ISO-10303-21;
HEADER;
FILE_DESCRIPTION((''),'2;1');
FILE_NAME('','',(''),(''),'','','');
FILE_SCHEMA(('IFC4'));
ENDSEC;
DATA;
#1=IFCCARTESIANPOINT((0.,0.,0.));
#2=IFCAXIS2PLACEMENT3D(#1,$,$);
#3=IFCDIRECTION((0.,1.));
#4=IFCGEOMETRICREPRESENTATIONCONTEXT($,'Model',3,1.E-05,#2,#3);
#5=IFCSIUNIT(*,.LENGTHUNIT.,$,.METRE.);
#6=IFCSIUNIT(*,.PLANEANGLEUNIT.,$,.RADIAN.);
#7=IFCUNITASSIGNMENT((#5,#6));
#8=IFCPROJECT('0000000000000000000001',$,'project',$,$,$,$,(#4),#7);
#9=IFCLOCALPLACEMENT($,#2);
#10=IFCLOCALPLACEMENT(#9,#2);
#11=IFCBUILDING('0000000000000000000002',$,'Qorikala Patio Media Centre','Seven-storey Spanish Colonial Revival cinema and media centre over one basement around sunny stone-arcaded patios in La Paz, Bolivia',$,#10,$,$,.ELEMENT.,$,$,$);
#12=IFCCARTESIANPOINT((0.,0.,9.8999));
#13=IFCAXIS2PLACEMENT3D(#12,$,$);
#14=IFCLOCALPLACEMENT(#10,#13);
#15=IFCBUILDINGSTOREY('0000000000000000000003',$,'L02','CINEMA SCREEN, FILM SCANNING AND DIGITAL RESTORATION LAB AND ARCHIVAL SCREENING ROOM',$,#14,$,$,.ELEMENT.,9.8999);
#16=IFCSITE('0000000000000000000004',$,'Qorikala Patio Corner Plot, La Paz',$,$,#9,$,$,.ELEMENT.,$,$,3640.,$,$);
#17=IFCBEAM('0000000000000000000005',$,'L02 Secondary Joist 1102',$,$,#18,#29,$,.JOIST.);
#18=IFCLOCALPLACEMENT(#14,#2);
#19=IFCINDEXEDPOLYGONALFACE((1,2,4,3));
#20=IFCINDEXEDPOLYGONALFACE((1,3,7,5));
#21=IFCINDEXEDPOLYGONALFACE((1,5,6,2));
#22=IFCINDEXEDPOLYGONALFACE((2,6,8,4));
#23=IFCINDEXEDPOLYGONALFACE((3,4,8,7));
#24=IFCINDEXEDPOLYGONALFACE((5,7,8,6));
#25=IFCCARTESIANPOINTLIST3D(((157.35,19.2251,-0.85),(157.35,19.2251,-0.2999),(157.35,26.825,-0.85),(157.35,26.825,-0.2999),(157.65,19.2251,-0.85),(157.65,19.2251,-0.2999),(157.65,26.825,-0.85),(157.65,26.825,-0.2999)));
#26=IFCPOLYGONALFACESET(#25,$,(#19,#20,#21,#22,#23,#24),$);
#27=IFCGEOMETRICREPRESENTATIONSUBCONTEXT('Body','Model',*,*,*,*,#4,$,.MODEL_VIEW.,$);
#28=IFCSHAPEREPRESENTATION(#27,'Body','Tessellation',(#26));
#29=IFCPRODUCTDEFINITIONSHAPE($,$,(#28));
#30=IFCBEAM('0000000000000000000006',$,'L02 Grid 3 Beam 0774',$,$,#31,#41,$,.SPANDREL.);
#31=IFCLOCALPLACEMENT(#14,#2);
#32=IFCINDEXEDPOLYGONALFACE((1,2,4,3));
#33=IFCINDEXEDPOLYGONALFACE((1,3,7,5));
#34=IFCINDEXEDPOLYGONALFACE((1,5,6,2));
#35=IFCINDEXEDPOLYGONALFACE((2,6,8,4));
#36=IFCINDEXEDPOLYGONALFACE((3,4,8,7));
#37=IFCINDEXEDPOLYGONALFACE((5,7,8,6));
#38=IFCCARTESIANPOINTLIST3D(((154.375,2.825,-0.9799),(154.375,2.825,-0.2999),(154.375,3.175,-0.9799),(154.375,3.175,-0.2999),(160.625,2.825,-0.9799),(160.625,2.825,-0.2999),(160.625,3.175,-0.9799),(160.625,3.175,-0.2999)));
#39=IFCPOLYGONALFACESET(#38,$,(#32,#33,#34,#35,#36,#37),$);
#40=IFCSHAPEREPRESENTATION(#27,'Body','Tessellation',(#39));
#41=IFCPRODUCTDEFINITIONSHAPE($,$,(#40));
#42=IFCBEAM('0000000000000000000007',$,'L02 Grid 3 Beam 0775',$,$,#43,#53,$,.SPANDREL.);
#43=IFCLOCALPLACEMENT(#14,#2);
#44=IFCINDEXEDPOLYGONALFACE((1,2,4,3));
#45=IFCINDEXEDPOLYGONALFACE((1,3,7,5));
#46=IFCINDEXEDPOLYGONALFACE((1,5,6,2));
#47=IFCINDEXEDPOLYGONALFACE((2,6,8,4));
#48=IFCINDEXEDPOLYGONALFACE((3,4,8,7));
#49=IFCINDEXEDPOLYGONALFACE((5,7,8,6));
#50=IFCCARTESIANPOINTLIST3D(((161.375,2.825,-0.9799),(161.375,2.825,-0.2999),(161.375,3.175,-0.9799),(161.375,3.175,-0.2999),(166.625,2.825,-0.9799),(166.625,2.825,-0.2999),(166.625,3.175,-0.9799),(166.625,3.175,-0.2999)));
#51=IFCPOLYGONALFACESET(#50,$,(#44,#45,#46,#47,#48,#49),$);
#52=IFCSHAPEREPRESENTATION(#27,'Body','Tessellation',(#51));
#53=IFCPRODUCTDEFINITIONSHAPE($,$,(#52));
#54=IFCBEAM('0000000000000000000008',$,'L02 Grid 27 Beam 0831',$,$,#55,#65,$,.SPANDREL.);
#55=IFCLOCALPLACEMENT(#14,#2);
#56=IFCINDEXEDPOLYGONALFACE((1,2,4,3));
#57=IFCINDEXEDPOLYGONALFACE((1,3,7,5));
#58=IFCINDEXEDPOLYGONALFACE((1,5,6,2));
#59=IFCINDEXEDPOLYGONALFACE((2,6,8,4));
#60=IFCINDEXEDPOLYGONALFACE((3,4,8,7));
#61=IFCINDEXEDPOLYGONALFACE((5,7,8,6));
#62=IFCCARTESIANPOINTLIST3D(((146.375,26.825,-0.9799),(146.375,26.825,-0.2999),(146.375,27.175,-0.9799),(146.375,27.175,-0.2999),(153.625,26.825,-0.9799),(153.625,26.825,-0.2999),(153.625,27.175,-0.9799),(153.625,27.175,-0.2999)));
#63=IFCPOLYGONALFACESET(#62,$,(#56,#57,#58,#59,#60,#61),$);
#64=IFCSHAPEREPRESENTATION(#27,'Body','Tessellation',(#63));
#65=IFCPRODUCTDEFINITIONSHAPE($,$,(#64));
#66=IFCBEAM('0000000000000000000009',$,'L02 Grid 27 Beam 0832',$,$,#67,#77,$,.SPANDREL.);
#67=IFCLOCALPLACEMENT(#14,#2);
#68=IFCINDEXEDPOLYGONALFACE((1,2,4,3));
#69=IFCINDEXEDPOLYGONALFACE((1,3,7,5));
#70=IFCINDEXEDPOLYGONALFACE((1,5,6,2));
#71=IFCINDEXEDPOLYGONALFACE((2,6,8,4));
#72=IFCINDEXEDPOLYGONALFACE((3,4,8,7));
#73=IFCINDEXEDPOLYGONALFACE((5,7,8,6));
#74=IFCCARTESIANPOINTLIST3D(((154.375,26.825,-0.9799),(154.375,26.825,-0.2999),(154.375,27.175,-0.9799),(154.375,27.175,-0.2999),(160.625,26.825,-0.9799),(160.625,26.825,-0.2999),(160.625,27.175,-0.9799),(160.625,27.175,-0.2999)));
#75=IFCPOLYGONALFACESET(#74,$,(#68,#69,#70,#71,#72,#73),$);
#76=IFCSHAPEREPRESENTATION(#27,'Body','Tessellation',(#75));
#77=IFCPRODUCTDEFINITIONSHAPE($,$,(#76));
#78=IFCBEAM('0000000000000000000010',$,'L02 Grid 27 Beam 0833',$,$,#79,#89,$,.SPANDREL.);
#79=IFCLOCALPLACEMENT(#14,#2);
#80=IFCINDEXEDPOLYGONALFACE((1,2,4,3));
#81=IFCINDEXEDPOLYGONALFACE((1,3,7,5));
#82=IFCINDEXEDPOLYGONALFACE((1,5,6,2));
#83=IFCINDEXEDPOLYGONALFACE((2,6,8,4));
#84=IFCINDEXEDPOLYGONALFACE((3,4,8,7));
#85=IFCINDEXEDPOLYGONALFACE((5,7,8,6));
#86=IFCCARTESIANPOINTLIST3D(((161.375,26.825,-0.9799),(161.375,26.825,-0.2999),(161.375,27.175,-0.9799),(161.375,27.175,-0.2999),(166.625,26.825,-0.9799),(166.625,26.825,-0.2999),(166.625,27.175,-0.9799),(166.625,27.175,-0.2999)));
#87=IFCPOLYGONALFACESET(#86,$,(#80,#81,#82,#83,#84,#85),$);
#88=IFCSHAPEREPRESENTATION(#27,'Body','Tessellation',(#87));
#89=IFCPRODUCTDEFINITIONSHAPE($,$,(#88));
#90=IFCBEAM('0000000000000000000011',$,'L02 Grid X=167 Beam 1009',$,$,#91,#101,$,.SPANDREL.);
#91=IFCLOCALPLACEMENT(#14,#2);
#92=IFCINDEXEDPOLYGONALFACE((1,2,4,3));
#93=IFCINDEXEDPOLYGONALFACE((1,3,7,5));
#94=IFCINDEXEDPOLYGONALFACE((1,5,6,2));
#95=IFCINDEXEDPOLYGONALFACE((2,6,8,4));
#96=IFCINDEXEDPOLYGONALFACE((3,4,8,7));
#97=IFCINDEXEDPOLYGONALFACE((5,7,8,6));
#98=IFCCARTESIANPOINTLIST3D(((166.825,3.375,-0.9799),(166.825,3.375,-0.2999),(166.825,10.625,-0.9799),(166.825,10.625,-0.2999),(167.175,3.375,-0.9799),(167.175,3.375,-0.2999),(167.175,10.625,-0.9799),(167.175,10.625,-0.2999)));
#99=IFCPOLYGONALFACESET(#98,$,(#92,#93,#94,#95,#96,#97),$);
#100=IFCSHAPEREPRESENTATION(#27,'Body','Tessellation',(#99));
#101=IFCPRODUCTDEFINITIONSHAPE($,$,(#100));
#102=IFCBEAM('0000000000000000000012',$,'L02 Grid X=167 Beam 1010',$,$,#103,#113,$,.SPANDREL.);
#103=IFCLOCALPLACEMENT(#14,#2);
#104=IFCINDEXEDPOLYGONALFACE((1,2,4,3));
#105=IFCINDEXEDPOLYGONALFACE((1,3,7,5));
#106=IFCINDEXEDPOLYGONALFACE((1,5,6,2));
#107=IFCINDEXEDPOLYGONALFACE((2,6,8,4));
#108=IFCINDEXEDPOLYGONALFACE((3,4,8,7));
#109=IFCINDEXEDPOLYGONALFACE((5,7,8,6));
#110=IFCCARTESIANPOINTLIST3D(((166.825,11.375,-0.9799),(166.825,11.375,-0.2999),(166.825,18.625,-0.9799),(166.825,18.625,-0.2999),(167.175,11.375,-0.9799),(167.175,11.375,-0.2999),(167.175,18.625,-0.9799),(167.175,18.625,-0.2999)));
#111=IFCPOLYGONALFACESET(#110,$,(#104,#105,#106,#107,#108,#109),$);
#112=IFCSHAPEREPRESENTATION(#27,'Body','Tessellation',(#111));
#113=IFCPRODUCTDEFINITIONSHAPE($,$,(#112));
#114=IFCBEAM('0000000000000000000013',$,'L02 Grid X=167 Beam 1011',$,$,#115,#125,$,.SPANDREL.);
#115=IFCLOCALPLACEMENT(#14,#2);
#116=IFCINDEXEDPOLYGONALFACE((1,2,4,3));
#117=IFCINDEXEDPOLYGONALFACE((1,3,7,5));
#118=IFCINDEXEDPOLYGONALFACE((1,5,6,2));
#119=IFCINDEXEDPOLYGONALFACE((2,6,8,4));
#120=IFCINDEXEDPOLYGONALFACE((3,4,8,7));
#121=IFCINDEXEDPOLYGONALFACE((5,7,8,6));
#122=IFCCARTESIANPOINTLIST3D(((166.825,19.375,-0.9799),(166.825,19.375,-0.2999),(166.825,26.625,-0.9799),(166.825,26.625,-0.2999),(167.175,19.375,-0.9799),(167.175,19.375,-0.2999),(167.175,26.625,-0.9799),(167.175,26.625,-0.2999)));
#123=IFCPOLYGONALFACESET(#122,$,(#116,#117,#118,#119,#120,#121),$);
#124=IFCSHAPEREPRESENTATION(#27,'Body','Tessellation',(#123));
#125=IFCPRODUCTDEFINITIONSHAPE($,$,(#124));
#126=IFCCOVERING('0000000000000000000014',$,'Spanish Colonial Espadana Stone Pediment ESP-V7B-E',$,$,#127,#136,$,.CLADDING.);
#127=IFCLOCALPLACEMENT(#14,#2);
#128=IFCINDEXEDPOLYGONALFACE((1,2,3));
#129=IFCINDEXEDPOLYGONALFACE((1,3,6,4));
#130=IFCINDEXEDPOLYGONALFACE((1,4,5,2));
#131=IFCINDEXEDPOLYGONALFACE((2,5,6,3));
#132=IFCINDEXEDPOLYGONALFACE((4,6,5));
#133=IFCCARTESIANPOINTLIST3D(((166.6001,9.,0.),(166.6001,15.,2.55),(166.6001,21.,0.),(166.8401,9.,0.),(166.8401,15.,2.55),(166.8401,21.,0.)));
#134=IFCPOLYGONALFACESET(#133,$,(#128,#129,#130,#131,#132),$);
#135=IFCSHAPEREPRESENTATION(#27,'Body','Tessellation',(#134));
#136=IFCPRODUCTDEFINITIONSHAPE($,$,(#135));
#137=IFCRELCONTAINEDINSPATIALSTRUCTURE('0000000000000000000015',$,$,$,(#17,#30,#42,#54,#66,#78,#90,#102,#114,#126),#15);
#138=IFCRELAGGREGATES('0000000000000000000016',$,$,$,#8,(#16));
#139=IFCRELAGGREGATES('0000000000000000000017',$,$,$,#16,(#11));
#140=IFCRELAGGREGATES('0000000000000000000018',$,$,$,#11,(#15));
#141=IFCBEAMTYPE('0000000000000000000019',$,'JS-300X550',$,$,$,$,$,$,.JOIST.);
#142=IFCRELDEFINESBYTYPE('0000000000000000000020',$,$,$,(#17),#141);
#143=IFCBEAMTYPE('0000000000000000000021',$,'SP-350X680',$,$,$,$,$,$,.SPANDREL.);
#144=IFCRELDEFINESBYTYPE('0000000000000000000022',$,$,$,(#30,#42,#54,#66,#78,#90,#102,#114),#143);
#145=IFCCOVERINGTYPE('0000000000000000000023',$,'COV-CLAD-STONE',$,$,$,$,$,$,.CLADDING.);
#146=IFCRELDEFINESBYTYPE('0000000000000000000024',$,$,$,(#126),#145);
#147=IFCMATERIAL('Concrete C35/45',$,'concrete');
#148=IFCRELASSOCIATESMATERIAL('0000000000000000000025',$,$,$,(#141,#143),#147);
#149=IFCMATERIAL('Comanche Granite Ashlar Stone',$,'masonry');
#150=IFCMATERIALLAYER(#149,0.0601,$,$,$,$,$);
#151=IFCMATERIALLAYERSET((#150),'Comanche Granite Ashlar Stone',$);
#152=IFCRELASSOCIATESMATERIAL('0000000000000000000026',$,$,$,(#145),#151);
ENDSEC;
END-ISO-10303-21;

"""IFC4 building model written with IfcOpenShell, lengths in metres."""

from ifc_helpers import new_model, si_unit, direction, frame, origin, origin_2d, place, context, subcontext, project, spatial, polyline, rectangle, outline, extrude, material, layer, layer_set, material_profile, profile_set, type_object, element, save


model = new_model("IFC4")

# Units and contexts
model_context = context("Model", 3, precision=1e-05, world=origin(), true_north=direction((0.0, 1.0)))
body_context = subcontext(model_context, "Body", "Model", "MODEL_VIEW")
ifc_project = project(units=[si_unit("LENGTHUNIT", "METRE"), si_unit("PLANEANGLEUNIT", "RADIAN")], contexts=[model_context])

# Site, building, storey
site_placement = place(None, origin())
site = spatial("IfcSite", under=ifc_project, at=site_placement, Name="Qorikala Patio Corner Plot, La Paz", CompositionType="ELEMENT", RefElevation=3640.0)
building_placement = place(site_placement, origin())
building = spatial("IfcBuilding", under=site, at=building_placement, Name="Qorikala Patio Media Centre", Description="Seven-storey Spanish Colonial Revival cinema and media centre over one basement around sunny stone-arcaded patios in La Paz, Bolivia", CompositionType="ELEMENT")
storey_placement = place(building_placement, frame((0.0, 0.0, 9.8999)))
storey = spatial("IfcBuildingStorey", under=building, at=storey_placement, Name="L02", Description="CINEMA SCREEN, FILM SCANNING AND DIGITAL RESTORATION LAB AND ARCHIVAL SCREENING ROOM", CompositionType="ELEMENT", Elevation=9.8999)

# Beams
ifc_material_1 = material(Name="Concrete C35/45", Category="concrete")
ifc_material_profile_1 = material_profile(ifc_material_1, rectangle(XDim=0.3, YDim=0.55, at=origin_2d()), Name="RC 300x550")
ifc_profile_set_1 = profile_set([ifc_material_profile_1], Name="Concrete C35/45")
beam_type_1 = type_object("IfcBeamType", Name="JS-300X550", PredefinedType="JOIST", material=ifc_profile_set_1)
beam_1_placement = place(storey_placement, frame((157.5, 19.2251, -0.575), z_axis=(0.0, 1.0, 0.0), x_axis=(-1.0, 0.0, 0.0)))
element("IfcBeam", 1, at=beam_1_placement, inside=storey, type_object=beam_type_1, Name="L02 Secondary Joist 1102", PredefinedType="JOIST", context=body_context, shape_type="SweptSolid", body=[
    extrude(rectangle(XDim=0.3, YDim=0.55, at=origin_2d()), origin(), (0.0, 0.0, 1.0), 7.5999),
])
ifc_material_profile_2 = material_profile(ifc_material_1, rectangle(XDim=0.3501, YDim=0.6799, at=origin_2d()), Name="RC 350x680")
ifc_profile_set_2 = profile_set([ifc_material_profile_2], Name="Concrete C35/45")
beam_type_2 = type_object("IfcBeamType", Name="SP-350X680", PredefinedType="SPANDREL", material=ifc_profile_set_2)
beam_2_placement = place(storey_placement, frame((154.375, 3.0, -0.6399), z_axis=(1.0, 0.0, 0.0), x_axis=(0.0, 1.0, 0.0)))
element("IfcBeam", 2, at=beam_2_placement, inside=storey, type_object=beam_type_2, Name="L02 Grid 3 Beam 0774", PredefinedType="SPANDREL", context=body_context, shape_type="SweptSolid", body=[
    extrude(rectangle(XDim=0.3501, YDim=0.6799, at=origin_2d()), origin(), (0.0, 0.0, 1.0), 6.25),
])
beam_3_placement = place(storey_placement, frame((161.375, 3.0, -0.6399), z_axis=(1.0, 0.0, 0.0), x_axis=(0.0, 1.0, 0.0)))
element("IfcBeam", 3, at=beam_3_placement, inside=storey, type_object=beam_type_2, Name="L02 Grid 3 Beam 0775", PredefinedType="SPANDREL", context=body_context, shape_type="SweptSolid", body=[
    extrude(rectangle(XDim=0.3501, YDim=0.6799, at=origin_2d()), origin(), (0.0, 0.0, 1.0), 5.25),
])
beam_4_placement = place(storey_placement, frame((146.375, 27.0, -0.6399), z_axis=(1.0, 0.0, 0.0), x_axis=(0.0, 1.0, 0.0)))
element("IfcBeam", 4, at=beam_4_placement, inside=storey, type_object=beam_type_2, Name="L02 Grid 27 Beam 0831", PredefinedType="SPANDREL", context=body_context, shape_type="SweptSolid", body=[
    extrude(rectangle(XDim=0.3501, YDim=0.6799, at=origin_2d()), origin(), (0.0, 0.0, 1.0), 7.25),
])
beam_5_placement = place(storey_placement, frame((154.375, 27.0, -0.6399), z_axis=(1.0, 0.0, 0.0), x_axis=(0.0, 1.0, 0.0)))
element("IfcBeam", 5, at=beam_5_placement, inside=storey, type_object=beam_type_2, Name="L02 Grid 27 Beam 0832", PredefinedType="SPANDREL", context=body_context, shape_type="SweptSolid", body=[
    extrude(rectangle(XDim=0.3501, YDim=0.6799, at=origin_2d()), origin(), (0.0, 0.0, 1.0), 6.25),
])
beam_6_placement = place(storey_placement, frame((161.375, 27.0, -0.6399), z_axis=(1.0, 0.0, 0.0), x_axis=(0.0, 1.0, 0.0)))
element("IfcBeam", 6, at=beam_6_placement, inside=storey, type_object=beam_type_2, Name="L02 Grid 27 Beam 0833", PredefinedType="SPANDREL", context=body_context, shape_type="SweptSolid", body=[
    extrude(rectangle(XDim=0.3501, YDim=0.6799, at=origin_2d()), origin(), (0.0, 0.0, 1.0), 5.25),
])
for number, where, z_axis, x_axis, name in (
    (7, (167.0, 3.375, -0.6399), (0.0, 1.0, 0.0), (-1.0, 0.0, 0.0), "L02 Grid X=167 Beam 1009"),
    (8, (167.0, 11.375, -0.6399), (0.0, 1.0, 0.0), (-1.0, 0.0, 0.0), "L02 Grid X=167 Beam 1010"),
    (9, (167.0, 19.375, -0.6399), (0.0, 1.0, 0.0), (-1.0, 0.0, 0.0), "L02 Grid X=167 Beam 1011"),
):
    element("IfcBeam", number, at=place(storey_placement, frame(where, z_axis=z_axis, x_axis=x_axis)), inside=storey, type_object=beam_type_2, Name=name, PredefinedType="SPANDREL", context=body_context, shape_type="SweptSolid", body=[
        extrude(rectangle(XDim=0.3501, YDim=0.6799, at=origin_2d()), origin(), (0.0, 0.0, 1.0), 7.25),
    ])

# Covering
ifc_material_2 = material(Name="Comanche Granite Ashlar Stone", Category="masonry")
ifc_layer = layer(ifc_material_2, 0.0601)
ifc_layer_set = layer_set([ifc_layer], Name="Comanche Granite Ashlar Stone")
covering_type = type_object("IfcCoveringType", Name="COV-CLAD-STONE", PredefinedType="CLADDING", material=ifc_layer_set)
covering_placement = place(storey_placement, frame((166.8401, 9.0, 0.0), z_axis=(1.0, 0.0, 0.0), x_axis=(0.0, 1.0, 0.0)))
element("IfcCovering", 10, at=covering_placement, inside=storey, type_object=covering_type, Name="Spanish Colonial Espadana Stone Pediment ESP-V7B-E", PredefinedType="CLADDING", context=body_context, shape_type="SweptSolid", body=[
    extrude(outline(polyline([(0.0, 0.0), (12.0, 0.0), (6.0, 2.55), (0.0, 0.0)])), origin(), (0.0, 0.0, -1.0), 0.24),
])

save(model, "model.ifc")
